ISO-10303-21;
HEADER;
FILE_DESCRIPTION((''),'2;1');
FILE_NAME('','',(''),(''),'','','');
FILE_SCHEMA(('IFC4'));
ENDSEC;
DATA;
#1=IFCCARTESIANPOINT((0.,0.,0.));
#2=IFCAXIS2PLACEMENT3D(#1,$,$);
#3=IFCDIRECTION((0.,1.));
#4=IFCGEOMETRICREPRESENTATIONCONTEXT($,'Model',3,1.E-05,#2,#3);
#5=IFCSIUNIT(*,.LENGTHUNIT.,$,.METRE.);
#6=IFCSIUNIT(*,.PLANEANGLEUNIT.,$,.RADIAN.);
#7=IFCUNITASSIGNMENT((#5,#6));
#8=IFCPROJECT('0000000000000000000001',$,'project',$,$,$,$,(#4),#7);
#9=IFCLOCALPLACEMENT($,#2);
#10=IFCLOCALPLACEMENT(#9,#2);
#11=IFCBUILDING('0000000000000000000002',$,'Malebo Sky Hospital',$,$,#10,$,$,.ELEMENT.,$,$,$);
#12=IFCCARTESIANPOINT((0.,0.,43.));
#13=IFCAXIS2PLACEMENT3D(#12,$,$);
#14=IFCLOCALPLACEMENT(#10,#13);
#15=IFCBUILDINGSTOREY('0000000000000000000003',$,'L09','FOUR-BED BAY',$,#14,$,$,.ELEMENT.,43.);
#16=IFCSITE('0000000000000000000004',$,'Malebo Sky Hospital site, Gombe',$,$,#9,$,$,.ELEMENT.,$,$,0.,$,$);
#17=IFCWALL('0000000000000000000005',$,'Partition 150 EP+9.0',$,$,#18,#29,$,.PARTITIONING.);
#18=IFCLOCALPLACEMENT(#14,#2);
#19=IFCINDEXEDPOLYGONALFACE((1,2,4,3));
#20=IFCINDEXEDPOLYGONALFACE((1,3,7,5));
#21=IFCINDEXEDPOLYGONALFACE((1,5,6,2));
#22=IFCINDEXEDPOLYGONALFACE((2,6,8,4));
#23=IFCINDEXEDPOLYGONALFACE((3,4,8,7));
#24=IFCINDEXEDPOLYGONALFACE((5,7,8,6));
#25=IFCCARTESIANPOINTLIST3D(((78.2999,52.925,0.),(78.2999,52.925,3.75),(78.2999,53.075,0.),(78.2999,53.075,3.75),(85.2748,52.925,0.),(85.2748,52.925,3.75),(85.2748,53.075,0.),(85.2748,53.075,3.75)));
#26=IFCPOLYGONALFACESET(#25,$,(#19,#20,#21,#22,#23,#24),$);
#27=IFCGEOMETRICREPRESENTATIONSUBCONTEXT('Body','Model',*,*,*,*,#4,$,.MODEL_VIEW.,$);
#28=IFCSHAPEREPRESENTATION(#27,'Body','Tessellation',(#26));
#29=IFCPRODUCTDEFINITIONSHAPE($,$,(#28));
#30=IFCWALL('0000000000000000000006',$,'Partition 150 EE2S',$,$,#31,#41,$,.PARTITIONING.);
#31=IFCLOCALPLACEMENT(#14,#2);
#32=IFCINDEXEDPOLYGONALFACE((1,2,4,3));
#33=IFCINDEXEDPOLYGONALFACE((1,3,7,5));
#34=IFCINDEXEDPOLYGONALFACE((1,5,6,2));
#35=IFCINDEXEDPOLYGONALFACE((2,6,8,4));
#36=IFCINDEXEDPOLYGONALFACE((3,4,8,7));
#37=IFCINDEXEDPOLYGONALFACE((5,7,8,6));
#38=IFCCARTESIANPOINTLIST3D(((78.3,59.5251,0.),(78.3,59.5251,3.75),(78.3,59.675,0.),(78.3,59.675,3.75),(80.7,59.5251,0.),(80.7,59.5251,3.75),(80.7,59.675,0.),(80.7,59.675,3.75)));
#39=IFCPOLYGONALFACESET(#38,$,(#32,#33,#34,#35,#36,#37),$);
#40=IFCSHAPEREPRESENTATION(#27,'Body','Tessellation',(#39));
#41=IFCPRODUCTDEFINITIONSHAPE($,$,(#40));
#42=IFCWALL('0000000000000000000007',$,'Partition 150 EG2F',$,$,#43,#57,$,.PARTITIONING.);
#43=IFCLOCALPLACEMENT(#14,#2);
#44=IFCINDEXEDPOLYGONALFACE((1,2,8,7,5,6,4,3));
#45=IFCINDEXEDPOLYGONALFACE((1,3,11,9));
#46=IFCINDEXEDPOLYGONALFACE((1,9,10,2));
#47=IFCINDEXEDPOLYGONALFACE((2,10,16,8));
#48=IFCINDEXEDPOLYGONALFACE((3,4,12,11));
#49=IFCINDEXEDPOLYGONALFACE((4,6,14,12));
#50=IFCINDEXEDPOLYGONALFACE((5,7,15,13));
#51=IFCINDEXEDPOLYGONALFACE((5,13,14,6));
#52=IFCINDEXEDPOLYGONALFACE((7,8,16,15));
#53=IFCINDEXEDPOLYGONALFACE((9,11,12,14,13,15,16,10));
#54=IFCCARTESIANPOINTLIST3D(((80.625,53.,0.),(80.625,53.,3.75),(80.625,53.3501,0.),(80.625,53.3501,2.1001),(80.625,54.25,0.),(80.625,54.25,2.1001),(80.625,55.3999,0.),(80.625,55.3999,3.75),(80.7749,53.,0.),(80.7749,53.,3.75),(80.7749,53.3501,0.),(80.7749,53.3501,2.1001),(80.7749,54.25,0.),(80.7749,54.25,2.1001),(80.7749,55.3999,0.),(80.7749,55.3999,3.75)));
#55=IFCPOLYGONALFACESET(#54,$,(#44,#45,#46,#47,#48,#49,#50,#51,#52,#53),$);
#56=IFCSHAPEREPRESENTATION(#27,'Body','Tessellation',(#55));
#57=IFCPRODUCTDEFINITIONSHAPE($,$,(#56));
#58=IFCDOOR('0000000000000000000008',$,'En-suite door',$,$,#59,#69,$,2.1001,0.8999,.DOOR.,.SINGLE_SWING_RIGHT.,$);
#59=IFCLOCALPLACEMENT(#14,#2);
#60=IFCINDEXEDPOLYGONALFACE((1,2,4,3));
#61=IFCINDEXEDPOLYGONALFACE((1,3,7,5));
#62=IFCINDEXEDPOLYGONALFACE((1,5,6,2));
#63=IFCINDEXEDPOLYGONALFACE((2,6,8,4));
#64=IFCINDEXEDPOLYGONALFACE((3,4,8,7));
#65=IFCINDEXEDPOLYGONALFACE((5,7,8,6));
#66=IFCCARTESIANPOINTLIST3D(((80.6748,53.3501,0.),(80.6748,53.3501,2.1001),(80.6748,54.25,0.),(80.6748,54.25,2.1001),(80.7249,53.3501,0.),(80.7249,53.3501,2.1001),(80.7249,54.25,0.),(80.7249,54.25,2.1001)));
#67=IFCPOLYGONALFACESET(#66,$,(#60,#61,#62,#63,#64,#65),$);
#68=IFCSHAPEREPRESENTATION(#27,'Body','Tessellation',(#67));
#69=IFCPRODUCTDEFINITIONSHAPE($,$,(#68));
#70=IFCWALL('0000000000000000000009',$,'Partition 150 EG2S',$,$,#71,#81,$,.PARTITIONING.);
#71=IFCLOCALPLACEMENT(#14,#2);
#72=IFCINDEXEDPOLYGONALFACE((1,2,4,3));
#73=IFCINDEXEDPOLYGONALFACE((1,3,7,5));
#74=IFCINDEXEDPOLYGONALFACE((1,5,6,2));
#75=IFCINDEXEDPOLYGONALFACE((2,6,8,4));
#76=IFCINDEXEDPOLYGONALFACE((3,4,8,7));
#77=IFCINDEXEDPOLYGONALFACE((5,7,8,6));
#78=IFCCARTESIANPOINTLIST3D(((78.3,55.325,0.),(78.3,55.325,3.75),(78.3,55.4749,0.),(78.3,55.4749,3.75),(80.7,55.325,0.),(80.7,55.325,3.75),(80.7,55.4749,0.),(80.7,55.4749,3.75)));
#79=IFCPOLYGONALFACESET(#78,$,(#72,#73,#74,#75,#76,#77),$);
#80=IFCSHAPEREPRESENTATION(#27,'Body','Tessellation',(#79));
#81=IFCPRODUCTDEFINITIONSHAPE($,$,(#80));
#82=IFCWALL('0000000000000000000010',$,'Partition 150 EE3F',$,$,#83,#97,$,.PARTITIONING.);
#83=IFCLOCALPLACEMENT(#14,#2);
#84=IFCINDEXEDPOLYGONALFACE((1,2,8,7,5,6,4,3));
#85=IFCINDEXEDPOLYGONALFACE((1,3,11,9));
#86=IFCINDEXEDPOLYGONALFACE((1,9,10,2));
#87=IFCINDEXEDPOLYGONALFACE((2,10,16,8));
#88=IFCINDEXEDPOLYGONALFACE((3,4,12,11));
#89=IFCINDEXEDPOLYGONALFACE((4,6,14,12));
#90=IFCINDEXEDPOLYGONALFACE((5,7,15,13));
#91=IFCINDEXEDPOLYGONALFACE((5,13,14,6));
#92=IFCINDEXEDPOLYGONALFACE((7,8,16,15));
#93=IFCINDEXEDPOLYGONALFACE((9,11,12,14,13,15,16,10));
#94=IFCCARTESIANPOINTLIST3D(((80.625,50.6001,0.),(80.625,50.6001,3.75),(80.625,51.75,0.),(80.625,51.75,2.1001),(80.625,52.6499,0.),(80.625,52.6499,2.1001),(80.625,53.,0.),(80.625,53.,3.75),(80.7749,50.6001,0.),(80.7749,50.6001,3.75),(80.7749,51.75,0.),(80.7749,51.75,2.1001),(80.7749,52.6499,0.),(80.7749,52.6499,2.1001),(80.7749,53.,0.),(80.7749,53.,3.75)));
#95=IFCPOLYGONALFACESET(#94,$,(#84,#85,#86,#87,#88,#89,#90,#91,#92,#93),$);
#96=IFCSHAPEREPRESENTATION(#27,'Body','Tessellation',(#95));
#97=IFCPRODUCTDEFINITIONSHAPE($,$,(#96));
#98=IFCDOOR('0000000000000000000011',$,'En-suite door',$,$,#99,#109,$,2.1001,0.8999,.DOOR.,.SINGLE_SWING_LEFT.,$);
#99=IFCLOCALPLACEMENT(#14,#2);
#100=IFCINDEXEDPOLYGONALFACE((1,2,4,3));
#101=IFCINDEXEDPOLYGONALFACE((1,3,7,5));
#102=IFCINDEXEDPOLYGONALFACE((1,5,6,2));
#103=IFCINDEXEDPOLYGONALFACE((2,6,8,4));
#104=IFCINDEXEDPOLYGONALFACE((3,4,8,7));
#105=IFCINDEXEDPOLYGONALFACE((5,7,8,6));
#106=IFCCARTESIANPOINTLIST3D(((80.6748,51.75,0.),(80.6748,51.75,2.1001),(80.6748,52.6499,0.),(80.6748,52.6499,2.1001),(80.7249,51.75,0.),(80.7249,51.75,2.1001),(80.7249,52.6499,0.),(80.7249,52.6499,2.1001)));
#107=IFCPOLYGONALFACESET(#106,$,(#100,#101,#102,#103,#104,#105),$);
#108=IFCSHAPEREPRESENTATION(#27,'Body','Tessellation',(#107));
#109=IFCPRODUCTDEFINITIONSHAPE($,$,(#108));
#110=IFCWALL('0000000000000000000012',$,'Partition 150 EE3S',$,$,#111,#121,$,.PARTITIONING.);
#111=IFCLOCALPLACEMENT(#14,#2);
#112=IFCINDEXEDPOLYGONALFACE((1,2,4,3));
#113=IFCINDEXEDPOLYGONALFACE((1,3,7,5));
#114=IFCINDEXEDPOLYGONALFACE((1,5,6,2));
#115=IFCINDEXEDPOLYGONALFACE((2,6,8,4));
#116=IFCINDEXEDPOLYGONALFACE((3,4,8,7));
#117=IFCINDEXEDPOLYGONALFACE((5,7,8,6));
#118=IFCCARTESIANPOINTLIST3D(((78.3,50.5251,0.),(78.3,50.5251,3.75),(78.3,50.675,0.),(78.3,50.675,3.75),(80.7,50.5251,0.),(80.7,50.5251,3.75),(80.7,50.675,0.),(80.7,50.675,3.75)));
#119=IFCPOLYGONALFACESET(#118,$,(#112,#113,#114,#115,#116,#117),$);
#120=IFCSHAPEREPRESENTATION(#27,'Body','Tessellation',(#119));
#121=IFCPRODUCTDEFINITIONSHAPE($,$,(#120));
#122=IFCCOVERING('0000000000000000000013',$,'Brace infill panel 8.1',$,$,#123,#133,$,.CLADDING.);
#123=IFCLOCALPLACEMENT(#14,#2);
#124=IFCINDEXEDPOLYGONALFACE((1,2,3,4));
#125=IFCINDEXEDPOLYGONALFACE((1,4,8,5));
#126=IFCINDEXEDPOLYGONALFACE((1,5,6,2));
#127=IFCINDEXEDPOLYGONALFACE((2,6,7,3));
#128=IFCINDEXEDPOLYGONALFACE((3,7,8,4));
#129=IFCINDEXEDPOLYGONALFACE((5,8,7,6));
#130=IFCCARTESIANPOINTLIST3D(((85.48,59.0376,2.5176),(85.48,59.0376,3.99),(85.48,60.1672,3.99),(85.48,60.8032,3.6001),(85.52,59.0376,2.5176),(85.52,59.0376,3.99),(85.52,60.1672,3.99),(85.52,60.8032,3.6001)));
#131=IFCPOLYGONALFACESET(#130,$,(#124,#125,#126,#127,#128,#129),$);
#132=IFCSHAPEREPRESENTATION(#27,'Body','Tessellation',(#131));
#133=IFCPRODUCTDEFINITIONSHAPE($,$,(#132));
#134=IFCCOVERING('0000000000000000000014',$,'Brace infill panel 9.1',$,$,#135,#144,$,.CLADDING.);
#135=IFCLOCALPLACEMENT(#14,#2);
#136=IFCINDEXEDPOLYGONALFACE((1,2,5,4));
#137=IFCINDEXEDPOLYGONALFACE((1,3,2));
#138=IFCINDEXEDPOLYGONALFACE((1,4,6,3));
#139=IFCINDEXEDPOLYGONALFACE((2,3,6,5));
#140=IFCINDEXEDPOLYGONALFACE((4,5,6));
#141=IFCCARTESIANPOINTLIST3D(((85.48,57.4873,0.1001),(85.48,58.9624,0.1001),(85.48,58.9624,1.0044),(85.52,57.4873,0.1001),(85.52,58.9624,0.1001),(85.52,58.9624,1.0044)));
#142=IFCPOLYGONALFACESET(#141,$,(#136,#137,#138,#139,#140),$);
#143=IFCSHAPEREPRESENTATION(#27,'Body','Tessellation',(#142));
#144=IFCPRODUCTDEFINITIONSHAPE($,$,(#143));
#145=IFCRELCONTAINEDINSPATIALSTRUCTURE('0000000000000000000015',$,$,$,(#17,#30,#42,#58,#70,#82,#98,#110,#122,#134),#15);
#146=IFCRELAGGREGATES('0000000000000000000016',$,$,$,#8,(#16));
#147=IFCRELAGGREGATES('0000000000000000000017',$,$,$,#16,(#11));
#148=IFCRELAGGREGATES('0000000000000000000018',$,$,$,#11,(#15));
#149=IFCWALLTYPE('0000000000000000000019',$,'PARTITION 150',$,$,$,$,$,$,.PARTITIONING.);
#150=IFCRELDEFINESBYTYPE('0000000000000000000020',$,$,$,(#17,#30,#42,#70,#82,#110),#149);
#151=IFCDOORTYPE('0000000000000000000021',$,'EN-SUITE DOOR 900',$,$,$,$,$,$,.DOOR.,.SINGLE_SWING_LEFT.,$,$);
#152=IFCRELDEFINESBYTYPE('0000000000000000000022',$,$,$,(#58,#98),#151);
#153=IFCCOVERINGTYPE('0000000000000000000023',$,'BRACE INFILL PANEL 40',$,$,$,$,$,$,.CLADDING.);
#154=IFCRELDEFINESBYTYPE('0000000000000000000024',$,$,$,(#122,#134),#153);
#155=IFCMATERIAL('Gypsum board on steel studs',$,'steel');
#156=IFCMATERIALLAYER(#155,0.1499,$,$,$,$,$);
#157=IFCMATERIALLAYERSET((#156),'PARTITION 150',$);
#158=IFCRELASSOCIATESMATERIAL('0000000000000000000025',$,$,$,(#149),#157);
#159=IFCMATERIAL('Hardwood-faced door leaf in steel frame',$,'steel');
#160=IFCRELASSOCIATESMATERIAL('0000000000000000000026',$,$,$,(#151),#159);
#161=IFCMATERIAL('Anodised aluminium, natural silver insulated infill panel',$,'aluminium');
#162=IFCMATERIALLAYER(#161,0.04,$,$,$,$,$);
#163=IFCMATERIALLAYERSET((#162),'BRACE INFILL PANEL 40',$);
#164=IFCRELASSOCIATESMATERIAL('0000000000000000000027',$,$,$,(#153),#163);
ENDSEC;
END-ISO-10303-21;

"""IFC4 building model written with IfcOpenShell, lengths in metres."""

from ifc_helpers import new_model, si_unit, direction, frame, frame_2d, origin, place, context, subcontext, project, spatial, polyline, rectangle, outline, extrude, material, layer, layer_set, type_object, element, fill, save


model = new_model("IFC4")

# Units and contexts
model_context = context("Model", 3, precision=1e-05, world=origin(), true_north=direction((0.0, 1.0)))
body_context = subcontext(model_context, "Body", "Model", "MODEL_VIEW")
ifc_project = project(units=[si_unit("LENGTHUNIT", "METRE"), si_unit("PLANEANGLEUNIT", "RADIAN")], contexts=[model_context])

# Site, building, storey
site_placement = place(None, origin())
site = spatial("IfcSite", under=ifc_project, at=site_placement, Name="Malebo Sky Hospital site, Gombe", CompositionType="ELEMENT", RefElevation=0.0)
building_placement = place(site_placement, origin())
building = spatial("IfcBuilding", under=site, at=building_placement, Name="Malebo Sky Hospital", CompositionType="ELEMENT")
storey_placement = place(building_placement, frame((0.0, 0.0, 43.0)))
storey = spatial("IfcBuildingStorey", under=building, at=storey_placement, Name="L09", Description="FOUR-BED BAY", CompositionType="ELEMENT", Elevation=43.0)

# Walls
ifc_material_1 = material(Name="Gypsum board on steel studs", Category="steel")
ifc_layer_1 = layer(ifc_material_1, 0.1499)
ifc_layer_set_1 = layer_set([ifc_layer_1], Name="PARTITION 150")
wall_type = type_object("IfcWallType", Name="PARTITION 150", PredefinedType="PARTITIONING", material=ifc_layer_set_1)
wall_1_placement = place(storey_placement, frame((78.3, 53.0, 0.0), z_axis=(0.0, 0.0, 1.0), x_axis=(1.0, 0.0, 0.0)))
element("IfcWall", 1, at=wall_1_placement, inside=storey, type_object=wall_type, Name="Partition 150 EP+9.0", PredefinedType="PARTITIONING", context=body_context, shape_type="SweptSolid", body=[
    extrude(rectangle(XDim=6.9749, YDim=0.1499, at=frame_2d((3.4873, 0.0))), origin(), (0.0, 0.0, 1.0), 3.75),
])
wall_2_placement = place(storey_placement, frame((78.3, 59.6001, 0.0), z_axis=(0.0, 0.0, 1.0), x_axis=(1.0, 0.0, 0.0)))
element("IfcWall", 2, at=wall_2_placement, inside=storey, type_object=wall_type, Name="Partition 150 EE2S", PredefinedType="PARTITIONING", context=body_context, shape_type="SweptSolid", body=[
    extrude(rectangle(XDim=2.3999, YDim=0.1499, at=frame_2d((1.2, 0.0))), origin(), (0.0, 0.0, 1.0), 3.75),
])

# Wall, opening, door
wall_3_placement = place(storey_placement, frame((80.7, 55.3999, 0.0), z_axis=(0.0, 0.0, 1.0), x_axis=(0.0, -1.0, 0.0)))
wall_3 = element("IfcWall", 3, at=wall_3_placement, inside=storey, type_object=wall_type, Name="Partition 150 EG2F", PredefinedType="PARTITIONING", context=body_context, shape_type="SweptSolid", body=[
    extrude(rectangle(XDim=2.3999, YDim=0.1499, at=frame_2d((1.2, 0.0))), origin(), (0.0, 0.0, 1.0), 3.75),
])
opening_1_placement = place(wall_3_placement, frame((1.1499, 0.0, 0.0)))
opening_1 = element("IfcOpeningElement", 4, at=opening_1_placement, cuts=wall_3, PredefinedType="OPENING", context=body_context, shape_type="SweptSolid", body=[
    extrude(rectangle(XDim=0.8999, YDim=2.1001, at=frame_2d((0.45, 1.05))), frame((0.0, 0.085, 0.0), z_axis=(0.0, -1.0, 0.0), x_axis=(1.0, 0.0, 0.0)), (0.0, 0.0, 1.0), 0.1699),
])
ifc_material_2 = material(Name="Hardwood-faced door leaf in steel frame", Category="steel")
door_type = type_object("IfcDoorType", Name="EN-SUITE DOOR 900", OperationType="SINGLE_SWING_LEFT", PredefinedType="DOOR", material=ifc_material_2)
door_1_placement = place(opening_1_placement, origin())
door_1 = element("IfcDoor", 5, at=door_1_placement, inside=storey, type_object=door_type, Name="En-suite door", OperationType="SINGLE_SWING_RIGHT", OverallHeight=2.1001, OverallWidth=0.8999, PredefinedType="DOOR", context=body_context, shape_type="SweptSolid", body=[
    extrude(rectangle(XDim=0.8999, YDim=2.1001, at=frame_2d((0.45, 1.05))), frame((0.0, 0.0249, 0.0), z_axis=(0.0, -1.0, 0.0), x_axis=(1.0, 0.0, 0.0)), (0.0, 0.0, 1.0), 0.05),
])
fill(opening_1, door_1)

# Wall
wall_4_placement = place(storey_placement, frame((78.3, 55.3999, 0.0), z_axis=(0.0, 0.0, 1.0), x_axis=(1.0, 0.0, 0.0)))
element("IfcWall", 6, at=wall_4_placement, inside=storey, type_object=wall_type, Name="Partition 150 EG2S", PredefinedType="PARTITIONING", context=body_context, shape_type="SweptSolid", body=[
    extrude(rectangle(XDim=2.3999, YDim=0.1499, at=frame_2d((1.2, 0.0))), origin(), (0.0, 0.0, 1.0), 3.75),
])

# Wall, opening, door
wall_5_placement = place(storey_placement, frame((80.7, 53.0, 0.0), z_axis=(0.0, 0.0, 1.0), x_axis=(0.0, -1.0, 0.0)))
wall_5 = element("IfcWall", 7, at=wall_5_placement, inside=storey, type_object=wall_type, Name="Partition 150 EE3F", PredefinedType="PARTITIONING", context=body_context, shape_type="SweptSolid", body=[
    extrude(rectangle(XDim=2.3999, YDim=0.1499, at=frame_2d((1.2, 0.0))), origin(), (0.0, 0.0, 1.0), 3.75),
])
opening_2_placement = place(wall_5_placement, frame((0.3501, 0.0, 0.0)))
opening_2 = element("IfcOpeningElement", 8, at=opening_2_placement, cuts=wall_5, PredefinedType="OPENING", context=body_context, shape_type="SweptSolid", body=[
    extrude(rectangle(XDim=0.8999, YDim=2.1001, at=frame_2d((0.45, 1.05))), frame((0.0, 0.085, 0.0), z_axis=(0.0, -1.0, 0.0), x_axis=(1.0, 0.0, 0.0)), (0.0, 0.0, 1.0), 0.1699),
])
door_2_placement = place(opening_2_placement, origin())
door_2 = element("IfcDoor", 9, at=door_2_placement, inside=storey, type_object=door_type, Name="En-suite door", OperationType="SINGLE_SWING_LEFT", OverallHeight=2.1001, OverallWidth=0.8999, PredefinedType="DOOR", context=body_context, shape_type="SweptSolid", body=[
    extrude(rectangle(XDim=0.8999, YDim=2.1001, at=frame_2d((0.45, 1.05))), frame((0.0, 0.0249, 0.0), z_axis=(0.0, -1.0, 0.0), x_axis=(1.0, 0.0, 0.0)), (0.0, 0.0, 1.0), 0.05),
])
fill(opening_2, door_2)

# Wall
wall_6_placement = place(storey_placement, frame((78.3, 50.6001, 0.0), z_axis=(0.0, 0.0, 1.0), x_axis=(1.0, 0.0, 0.0)))
element("IfcWall", 10, at=wall_6_placement, inside=storey, type_object=wall_type, Name="Partition 150 EE3S", PredefinedType="PARTITIONING", context=body_context, shape_type="SweptSolid", body=[
    extrude(rectangle(XDim=2.3999, YDim=0.1499, at=frame_2d((1.2, 0.0))), origin(), (0.0, 0.0, 1.0), 3.75),
])

# Coverings
ifc_material_3 = material(Name="Anodised aluminium, natural silver insulated infill panel", Category="aluminium")
ifc_layer_2 = layer(ifc_material_3, 0.04)
ifc_layer_set_2 = layer_set([ifc_layer_2], Name="BRACE INFILL PANEL 40")
covering_type = type_object("IfcCoveringType", Name="BRACE INFILL PANEL 40", PredefinedType="CLADDING", material=ifc_layer_set_2)
covering_1_placement = place(storey_placement, frame((85.5, 59.9204, 2.5176), z_axis=(0.0, 0.0, 1.0), x_axis=(0.0, -1.0, 0.0)))
element("IfcCovering", 11, at=covering_1_placement, inside=storey, type_object=covering_type, Name="Brace infill panel 8.1", PredefinedType="CLADDING", context=body_context, shape_type="SweptSolid", body=[
    extrude(outline(polyline([(0.8828, 0.0), (0.8828, 1.4724), (-0.2468, 1.4724), (-0.8828, 1.0825), (0.8828, 0.0)])), frame((0.0, 0.02, 0.0), z_axis=(0.0, -1.0, 0.0), x_axis=(1.0, 0.0, 0.0)), (0.0, 0.0, 1.0), 0.04),
])
covering_2_placement = place(storey_placement, frame((85.5, 58.2249, 0.1001), z_axis=(0.0, 0.0, 1.0), x_axis=(0.0, -1.0, 0.0)))
element("IfcCovering", 12, at=covering_2_placement, inside=storey, type_object=covering_type, Name="Brace infill panel 9.1", PredefinedType="CLADDING", context=body_context, shape_type="SweptSolid", body=[
    extrude(outline(polyline([(-0.7375, 0.0), (0.7375, 0.0), (-0.7375, 0.9043), (-0.7375, 0.0)])), frame((0.0, 0.02, 0.0), z_axis=(0.0, -1.0, 0.0), x_axis=(1.0, 0.0, 0.0)), (0.0, 0.0, 1.0), 0.04),
])

save(model, "model.ifc")
